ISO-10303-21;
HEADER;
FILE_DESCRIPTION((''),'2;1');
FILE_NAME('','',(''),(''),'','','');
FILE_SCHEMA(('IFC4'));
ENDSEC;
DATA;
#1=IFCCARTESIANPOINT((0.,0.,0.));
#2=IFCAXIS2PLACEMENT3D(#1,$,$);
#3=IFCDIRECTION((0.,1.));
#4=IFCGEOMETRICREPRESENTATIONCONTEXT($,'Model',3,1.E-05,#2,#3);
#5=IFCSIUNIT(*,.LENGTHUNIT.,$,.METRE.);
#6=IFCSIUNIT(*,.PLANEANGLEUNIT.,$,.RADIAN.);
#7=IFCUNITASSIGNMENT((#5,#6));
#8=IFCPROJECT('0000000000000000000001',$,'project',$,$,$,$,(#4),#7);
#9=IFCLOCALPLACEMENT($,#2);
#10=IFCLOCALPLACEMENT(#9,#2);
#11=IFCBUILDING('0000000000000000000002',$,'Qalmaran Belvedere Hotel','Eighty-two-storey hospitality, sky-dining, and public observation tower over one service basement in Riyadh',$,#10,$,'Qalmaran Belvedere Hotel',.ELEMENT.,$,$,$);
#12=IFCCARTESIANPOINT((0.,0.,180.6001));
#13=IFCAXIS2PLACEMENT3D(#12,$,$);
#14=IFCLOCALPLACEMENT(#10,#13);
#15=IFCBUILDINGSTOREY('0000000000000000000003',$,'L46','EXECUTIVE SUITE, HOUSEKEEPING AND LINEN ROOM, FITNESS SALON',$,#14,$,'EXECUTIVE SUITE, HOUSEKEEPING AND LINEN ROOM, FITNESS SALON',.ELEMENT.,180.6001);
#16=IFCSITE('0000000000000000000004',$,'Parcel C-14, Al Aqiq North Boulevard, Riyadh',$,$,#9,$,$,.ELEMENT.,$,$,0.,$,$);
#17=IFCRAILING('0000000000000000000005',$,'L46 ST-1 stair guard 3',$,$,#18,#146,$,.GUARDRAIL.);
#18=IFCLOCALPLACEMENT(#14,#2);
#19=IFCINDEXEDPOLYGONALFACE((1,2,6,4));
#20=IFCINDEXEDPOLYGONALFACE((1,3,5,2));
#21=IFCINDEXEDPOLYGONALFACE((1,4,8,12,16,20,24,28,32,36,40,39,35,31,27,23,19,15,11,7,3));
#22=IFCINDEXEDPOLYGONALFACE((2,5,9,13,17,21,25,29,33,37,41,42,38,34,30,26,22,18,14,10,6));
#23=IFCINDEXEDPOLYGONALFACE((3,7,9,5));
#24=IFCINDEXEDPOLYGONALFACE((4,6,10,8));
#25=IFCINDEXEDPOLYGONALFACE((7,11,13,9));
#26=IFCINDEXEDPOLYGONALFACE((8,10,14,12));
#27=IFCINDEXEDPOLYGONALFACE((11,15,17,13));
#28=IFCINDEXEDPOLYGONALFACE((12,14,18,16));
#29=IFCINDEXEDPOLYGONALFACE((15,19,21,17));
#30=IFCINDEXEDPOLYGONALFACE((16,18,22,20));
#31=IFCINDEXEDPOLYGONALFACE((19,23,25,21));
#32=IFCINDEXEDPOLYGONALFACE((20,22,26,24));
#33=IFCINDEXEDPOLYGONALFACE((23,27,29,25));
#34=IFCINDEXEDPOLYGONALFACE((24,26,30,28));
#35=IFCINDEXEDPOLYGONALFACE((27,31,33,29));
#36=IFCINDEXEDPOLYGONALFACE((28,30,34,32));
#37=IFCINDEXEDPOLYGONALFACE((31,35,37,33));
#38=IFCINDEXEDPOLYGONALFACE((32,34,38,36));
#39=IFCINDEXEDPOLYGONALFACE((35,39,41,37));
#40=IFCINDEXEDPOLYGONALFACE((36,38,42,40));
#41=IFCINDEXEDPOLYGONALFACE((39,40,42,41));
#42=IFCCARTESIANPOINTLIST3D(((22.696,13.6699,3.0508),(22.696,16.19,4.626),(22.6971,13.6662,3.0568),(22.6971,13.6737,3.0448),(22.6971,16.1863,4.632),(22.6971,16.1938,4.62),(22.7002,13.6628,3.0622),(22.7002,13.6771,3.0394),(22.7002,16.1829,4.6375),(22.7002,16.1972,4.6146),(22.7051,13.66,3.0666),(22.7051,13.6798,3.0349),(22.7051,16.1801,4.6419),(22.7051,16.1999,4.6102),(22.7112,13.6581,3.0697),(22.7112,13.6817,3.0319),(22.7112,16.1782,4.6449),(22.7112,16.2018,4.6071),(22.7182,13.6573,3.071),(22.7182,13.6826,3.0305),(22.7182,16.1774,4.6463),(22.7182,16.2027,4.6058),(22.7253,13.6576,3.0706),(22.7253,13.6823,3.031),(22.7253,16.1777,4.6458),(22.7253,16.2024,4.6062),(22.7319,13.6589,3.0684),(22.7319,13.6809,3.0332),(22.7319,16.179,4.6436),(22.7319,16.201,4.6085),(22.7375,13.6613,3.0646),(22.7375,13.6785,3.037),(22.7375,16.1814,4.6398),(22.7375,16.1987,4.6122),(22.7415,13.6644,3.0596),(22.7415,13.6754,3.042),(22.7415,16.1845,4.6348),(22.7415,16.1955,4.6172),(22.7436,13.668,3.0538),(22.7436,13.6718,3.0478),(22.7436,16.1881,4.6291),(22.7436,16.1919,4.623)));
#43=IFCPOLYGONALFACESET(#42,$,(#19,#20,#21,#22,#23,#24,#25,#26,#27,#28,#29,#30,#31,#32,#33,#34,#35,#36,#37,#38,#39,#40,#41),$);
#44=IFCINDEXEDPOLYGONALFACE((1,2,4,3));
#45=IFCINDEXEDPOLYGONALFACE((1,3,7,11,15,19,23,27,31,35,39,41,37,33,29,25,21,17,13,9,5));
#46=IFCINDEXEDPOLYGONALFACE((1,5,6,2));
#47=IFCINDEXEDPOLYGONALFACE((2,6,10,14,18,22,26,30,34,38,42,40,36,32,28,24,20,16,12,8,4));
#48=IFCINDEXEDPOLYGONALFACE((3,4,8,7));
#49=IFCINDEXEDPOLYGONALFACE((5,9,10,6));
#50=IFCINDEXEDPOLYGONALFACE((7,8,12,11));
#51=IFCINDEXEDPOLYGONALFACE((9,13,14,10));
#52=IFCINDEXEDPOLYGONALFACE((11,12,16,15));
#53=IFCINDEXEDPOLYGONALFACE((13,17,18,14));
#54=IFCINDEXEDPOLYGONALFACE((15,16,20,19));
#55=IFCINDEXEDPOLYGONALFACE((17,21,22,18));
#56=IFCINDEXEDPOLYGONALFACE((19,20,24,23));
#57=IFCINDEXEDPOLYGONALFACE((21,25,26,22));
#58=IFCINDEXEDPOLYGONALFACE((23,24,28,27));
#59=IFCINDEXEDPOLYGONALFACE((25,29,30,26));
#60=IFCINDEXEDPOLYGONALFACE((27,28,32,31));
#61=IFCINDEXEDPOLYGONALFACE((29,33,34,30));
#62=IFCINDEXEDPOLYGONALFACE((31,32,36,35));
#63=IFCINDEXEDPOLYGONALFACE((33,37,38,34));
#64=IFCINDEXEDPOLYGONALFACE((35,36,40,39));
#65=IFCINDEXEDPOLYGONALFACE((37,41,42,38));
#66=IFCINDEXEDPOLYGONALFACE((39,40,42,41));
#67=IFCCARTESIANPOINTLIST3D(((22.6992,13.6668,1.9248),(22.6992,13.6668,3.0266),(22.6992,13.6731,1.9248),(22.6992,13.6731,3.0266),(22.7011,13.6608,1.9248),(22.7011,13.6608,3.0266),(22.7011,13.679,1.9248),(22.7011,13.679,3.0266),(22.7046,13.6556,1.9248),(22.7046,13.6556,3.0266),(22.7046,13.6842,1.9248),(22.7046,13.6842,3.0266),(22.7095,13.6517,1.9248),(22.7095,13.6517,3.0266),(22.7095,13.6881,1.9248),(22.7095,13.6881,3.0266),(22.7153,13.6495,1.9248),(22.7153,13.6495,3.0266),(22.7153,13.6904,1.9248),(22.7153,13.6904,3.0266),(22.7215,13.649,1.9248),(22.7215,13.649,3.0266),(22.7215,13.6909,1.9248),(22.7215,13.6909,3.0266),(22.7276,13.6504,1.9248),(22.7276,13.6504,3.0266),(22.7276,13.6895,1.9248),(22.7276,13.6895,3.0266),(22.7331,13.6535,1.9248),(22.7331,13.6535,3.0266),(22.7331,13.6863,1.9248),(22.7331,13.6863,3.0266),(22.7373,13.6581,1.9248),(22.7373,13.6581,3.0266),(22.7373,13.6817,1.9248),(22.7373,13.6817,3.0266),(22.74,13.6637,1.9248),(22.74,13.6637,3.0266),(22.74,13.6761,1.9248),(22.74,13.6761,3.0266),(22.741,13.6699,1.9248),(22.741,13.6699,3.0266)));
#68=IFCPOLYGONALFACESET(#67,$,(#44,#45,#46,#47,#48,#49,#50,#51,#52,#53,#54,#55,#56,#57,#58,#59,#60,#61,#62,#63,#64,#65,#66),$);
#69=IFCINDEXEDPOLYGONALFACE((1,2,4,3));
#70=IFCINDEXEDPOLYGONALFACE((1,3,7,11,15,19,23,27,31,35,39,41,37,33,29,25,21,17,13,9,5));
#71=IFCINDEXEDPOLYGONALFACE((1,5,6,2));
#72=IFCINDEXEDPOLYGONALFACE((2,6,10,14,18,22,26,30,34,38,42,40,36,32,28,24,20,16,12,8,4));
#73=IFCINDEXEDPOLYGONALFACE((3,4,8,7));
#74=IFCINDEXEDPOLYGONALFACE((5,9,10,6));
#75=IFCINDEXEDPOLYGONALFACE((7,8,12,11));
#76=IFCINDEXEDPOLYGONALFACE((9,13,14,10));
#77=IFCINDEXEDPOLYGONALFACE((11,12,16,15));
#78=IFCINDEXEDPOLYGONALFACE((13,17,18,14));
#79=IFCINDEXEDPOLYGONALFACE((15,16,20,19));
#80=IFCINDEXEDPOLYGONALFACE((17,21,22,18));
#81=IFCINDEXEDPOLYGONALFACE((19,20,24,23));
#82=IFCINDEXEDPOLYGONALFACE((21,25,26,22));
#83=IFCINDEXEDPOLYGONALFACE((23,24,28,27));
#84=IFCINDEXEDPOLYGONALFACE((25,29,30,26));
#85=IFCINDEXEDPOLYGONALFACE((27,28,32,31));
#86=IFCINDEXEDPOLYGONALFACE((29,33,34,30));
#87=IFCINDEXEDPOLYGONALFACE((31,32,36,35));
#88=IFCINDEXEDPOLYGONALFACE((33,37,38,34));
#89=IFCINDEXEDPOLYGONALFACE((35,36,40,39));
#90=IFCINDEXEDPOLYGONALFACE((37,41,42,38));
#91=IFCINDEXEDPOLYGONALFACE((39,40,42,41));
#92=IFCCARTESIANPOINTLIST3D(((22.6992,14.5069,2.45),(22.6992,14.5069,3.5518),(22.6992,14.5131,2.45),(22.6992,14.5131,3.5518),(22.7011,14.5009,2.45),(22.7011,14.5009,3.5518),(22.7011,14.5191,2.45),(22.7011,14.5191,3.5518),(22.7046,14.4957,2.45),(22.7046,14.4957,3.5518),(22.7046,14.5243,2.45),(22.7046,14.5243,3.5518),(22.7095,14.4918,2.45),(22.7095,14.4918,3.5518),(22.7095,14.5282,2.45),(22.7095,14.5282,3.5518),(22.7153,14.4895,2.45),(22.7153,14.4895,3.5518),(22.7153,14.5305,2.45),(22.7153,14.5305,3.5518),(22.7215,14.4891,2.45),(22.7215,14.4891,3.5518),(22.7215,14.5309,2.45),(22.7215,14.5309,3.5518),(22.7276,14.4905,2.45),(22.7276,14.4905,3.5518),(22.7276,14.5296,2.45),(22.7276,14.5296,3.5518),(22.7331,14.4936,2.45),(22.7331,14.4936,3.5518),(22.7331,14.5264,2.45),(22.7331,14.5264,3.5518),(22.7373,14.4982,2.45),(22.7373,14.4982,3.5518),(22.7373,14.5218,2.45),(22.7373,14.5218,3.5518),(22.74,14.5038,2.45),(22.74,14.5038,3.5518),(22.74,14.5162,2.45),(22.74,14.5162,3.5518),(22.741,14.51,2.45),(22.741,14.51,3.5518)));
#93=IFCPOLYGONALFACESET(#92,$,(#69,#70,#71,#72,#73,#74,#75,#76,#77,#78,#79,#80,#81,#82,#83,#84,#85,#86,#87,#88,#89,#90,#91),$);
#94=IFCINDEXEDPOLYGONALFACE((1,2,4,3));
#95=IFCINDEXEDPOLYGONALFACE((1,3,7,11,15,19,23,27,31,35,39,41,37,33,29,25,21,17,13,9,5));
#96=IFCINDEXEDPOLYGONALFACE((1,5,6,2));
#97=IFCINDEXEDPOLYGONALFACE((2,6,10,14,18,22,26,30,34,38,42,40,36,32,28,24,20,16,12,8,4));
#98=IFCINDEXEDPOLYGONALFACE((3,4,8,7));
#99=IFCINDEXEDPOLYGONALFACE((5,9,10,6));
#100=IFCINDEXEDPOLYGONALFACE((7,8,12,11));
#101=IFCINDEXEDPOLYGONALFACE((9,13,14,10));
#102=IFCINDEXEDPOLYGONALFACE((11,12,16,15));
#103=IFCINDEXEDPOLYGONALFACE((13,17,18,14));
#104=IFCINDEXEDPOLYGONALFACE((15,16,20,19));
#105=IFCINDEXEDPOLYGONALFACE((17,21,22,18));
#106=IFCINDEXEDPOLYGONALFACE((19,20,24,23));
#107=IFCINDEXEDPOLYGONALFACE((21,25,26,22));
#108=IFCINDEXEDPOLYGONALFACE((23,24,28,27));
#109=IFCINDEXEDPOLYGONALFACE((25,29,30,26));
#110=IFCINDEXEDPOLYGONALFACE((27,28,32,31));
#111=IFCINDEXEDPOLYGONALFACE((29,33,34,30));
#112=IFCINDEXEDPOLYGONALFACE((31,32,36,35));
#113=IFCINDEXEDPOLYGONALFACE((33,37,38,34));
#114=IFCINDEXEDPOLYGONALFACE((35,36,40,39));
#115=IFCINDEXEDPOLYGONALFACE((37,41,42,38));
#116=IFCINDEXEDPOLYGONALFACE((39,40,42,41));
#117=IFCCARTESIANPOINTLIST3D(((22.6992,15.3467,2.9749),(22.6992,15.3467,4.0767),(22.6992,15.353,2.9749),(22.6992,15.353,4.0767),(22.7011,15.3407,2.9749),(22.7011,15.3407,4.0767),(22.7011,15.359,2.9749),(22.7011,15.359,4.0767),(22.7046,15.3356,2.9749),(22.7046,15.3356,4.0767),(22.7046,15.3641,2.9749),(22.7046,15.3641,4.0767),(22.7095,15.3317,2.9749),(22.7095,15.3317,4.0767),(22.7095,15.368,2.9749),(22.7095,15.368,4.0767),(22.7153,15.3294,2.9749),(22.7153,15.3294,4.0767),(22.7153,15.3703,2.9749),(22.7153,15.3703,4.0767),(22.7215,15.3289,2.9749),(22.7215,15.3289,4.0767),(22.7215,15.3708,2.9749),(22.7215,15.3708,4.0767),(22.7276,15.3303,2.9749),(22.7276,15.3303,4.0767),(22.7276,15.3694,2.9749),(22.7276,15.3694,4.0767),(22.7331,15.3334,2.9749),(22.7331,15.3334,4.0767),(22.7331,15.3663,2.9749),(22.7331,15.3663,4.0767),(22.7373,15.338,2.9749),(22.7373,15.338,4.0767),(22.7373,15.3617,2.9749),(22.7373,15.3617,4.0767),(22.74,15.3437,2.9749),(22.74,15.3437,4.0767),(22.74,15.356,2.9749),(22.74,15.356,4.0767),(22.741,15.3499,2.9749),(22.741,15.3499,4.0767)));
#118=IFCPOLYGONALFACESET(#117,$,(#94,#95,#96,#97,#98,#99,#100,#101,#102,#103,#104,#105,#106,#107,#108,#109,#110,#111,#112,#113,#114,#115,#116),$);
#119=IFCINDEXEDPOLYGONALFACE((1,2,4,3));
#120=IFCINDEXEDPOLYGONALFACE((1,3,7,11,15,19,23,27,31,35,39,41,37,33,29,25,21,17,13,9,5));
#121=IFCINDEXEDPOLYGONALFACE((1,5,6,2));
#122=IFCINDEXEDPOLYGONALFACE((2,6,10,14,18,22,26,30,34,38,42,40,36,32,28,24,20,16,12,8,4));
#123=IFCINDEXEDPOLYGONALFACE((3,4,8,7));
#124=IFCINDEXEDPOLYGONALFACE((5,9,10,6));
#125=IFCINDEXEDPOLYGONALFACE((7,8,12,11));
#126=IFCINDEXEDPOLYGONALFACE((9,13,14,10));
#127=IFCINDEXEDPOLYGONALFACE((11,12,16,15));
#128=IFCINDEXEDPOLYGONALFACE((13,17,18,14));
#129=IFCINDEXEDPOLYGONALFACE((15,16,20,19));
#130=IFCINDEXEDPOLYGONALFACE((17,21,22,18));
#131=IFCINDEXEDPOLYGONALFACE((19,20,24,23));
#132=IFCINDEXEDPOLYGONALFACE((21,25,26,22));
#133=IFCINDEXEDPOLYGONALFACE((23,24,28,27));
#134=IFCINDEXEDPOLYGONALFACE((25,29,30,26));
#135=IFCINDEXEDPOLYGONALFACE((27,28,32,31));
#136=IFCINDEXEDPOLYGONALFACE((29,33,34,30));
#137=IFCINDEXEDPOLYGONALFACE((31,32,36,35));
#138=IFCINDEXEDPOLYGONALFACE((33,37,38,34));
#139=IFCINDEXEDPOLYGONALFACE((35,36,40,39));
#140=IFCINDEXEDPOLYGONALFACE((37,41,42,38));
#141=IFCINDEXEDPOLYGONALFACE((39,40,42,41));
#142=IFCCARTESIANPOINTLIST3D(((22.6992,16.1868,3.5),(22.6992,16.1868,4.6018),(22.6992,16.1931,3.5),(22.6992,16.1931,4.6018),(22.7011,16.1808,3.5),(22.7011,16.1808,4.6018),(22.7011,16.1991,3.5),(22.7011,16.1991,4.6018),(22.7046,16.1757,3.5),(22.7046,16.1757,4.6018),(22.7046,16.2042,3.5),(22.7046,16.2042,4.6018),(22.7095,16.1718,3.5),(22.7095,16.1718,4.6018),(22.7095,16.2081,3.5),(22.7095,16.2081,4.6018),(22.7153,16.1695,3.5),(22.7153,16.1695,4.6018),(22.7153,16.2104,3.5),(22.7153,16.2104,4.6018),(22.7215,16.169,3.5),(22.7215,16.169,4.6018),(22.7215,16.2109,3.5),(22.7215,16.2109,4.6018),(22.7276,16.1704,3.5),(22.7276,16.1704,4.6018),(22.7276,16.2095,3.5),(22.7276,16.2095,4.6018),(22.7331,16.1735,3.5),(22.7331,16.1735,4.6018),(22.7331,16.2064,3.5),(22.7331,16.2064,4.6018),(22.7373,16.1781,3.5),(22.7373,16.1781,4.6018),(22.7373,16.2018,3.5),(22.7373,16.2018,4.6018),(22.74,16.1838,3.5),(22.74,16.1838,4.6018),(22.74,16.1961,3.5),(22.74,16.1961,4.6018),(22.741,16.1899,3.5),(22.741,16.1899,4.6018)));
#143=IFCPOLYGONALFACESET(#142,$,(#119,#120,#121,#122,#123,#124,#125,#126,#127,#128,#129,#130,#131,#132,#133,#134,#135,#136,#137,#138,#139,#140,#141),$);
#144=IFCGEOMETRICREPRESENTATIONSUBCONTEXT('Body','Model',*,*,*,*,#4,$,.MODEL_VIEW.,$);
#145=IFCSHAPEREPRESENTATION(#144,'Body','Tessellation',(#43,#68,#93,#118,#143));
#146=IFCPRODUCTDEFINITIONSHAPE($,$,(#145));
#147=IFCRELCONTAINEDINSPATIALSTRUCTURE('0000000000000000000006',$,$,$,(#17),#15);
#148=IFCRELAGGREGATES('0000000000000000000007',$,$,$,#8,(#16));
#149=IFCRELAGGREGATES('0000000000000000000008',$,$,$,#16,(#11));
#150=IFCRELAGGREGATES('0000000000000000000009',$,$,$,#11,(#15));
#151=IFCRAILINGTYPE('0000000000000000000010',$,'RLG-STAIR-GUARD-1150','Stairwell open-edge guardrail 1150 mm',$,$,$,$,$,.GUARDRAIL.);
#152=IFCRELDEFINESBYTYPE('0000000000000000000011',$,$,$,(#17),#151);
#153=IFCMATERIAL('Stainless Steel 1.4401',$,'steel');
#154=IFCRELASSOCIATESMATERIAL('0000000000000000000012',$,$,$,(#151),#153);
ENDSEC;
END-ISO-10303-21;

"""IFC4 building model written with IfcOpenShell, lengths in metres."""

from ifc_helpers import new_model, si_unit, direction, frame, origin, origin_2d, place, context, subcontext, project, spatial, circle, extrude, material, type_object, element, save


model = new_model("IFC4")

# Units and contexts
model_context = context("Model", 3, precision=1e-05, world=origin(), true_north=direction((0.0, 1.0)))
body_context = subcontext(model_context, "Body", "Model", "MODEL_VIEW")
ifc_project = project(units=[si_unit("LENGTHUNIT", "METRE"), si_unit("PLANEANGLEUNIT", "RADIAN")], contexts=[model_context])

# Site, building, storey
site_placement = place(None, origin())
site = spatial("IfcSite", under=ifc_project, at=site_placement, Name="Parcel C-14, Al Aqiq North Boulevard, Riyadh", CompositionType="ELEMENT", RefElevation=0.0)
building_placement = place(site_placement, origin())
building = spatial("IfcBuilding", under=site, at=building_placement, Name="Qalmaran Belvedere Hotel", Description="Eighty-two-storey hospitality, sky-dining, and public observation tower over one service basement in Riyadh", LongName="Qalmaran Belvedere Hotel", CompositionType="ELEMENT")
storey_placement = place(building_placement, frame((0.0, 0.0, 180.6001)))
storey = spatial("IfcBuildingStorey", under=building, at=storey_placement, Name="L46", Description="EXECUTIVE SUITE, HOUSEKEEPING AND LINEN ROOM, FITNESS SALON", LongName="EXECUTIVE SUITE, HOUSEKEEPING AND LINEN ROOM, FITNESS SALON", CompositionType="ELEMENT", Elevation=180.6001)

# Railing
ifc_material_1 = material(Name="Stainless Steel 1.4401", Category="steel")
railing_type_1 = type_object("IfcRailingType", Name="RLG-STAIR-GUARD-1150", Description="Stairwell open-edge guardrail 1150 mm", PredefinedType="GUARDRAIL", material=ifc_material_1)
railing_1_placement = place(storey_placement, frame((22.72, 13.6699, 1.9248)))
element("IfcRailing", 1, at=railing_1_placement, inside=storey, type_object=railing_type_1, Name="L46 ST-1 stair guard 3", PredefinedType="GUARDRAIL", context=body_context, shape_type="SweptSolid", body=[
    extrude(circle(Radius=0.0239, at=origin_2d()), frame((0.0, 0.0, 1.126), z_axis=(0.0, 0.847971, 0.530043), x_axis=(-1.0, 0.0, 0.0)), (0.0, 0.0, 1.0), 2.9719),
    extrude(circle(Radius=0.021, at=origin_2d()), origin(), (0.0, 0.0, 1.0), 1.1018),
    extrude(circle(Radius=0.021, at=origin_2d()), frame((0.0, 0.8401, 0.5251)), (0.0, 0.0, 1.0), 1.1018),
    extrude(circle(Radius=0.021, at=origin_2d()), frame((0.0, 1.6799, 1.05)), (0.0, 0.0, 1.0), 1.1018),
    extrude(circle(Radius=0.021, at=origin_2d()), frame((0.0, 2.52, 1.5752)), (0.0, 0.0, 1.0), 1.1018),
])

save(model, "model.ifc")
